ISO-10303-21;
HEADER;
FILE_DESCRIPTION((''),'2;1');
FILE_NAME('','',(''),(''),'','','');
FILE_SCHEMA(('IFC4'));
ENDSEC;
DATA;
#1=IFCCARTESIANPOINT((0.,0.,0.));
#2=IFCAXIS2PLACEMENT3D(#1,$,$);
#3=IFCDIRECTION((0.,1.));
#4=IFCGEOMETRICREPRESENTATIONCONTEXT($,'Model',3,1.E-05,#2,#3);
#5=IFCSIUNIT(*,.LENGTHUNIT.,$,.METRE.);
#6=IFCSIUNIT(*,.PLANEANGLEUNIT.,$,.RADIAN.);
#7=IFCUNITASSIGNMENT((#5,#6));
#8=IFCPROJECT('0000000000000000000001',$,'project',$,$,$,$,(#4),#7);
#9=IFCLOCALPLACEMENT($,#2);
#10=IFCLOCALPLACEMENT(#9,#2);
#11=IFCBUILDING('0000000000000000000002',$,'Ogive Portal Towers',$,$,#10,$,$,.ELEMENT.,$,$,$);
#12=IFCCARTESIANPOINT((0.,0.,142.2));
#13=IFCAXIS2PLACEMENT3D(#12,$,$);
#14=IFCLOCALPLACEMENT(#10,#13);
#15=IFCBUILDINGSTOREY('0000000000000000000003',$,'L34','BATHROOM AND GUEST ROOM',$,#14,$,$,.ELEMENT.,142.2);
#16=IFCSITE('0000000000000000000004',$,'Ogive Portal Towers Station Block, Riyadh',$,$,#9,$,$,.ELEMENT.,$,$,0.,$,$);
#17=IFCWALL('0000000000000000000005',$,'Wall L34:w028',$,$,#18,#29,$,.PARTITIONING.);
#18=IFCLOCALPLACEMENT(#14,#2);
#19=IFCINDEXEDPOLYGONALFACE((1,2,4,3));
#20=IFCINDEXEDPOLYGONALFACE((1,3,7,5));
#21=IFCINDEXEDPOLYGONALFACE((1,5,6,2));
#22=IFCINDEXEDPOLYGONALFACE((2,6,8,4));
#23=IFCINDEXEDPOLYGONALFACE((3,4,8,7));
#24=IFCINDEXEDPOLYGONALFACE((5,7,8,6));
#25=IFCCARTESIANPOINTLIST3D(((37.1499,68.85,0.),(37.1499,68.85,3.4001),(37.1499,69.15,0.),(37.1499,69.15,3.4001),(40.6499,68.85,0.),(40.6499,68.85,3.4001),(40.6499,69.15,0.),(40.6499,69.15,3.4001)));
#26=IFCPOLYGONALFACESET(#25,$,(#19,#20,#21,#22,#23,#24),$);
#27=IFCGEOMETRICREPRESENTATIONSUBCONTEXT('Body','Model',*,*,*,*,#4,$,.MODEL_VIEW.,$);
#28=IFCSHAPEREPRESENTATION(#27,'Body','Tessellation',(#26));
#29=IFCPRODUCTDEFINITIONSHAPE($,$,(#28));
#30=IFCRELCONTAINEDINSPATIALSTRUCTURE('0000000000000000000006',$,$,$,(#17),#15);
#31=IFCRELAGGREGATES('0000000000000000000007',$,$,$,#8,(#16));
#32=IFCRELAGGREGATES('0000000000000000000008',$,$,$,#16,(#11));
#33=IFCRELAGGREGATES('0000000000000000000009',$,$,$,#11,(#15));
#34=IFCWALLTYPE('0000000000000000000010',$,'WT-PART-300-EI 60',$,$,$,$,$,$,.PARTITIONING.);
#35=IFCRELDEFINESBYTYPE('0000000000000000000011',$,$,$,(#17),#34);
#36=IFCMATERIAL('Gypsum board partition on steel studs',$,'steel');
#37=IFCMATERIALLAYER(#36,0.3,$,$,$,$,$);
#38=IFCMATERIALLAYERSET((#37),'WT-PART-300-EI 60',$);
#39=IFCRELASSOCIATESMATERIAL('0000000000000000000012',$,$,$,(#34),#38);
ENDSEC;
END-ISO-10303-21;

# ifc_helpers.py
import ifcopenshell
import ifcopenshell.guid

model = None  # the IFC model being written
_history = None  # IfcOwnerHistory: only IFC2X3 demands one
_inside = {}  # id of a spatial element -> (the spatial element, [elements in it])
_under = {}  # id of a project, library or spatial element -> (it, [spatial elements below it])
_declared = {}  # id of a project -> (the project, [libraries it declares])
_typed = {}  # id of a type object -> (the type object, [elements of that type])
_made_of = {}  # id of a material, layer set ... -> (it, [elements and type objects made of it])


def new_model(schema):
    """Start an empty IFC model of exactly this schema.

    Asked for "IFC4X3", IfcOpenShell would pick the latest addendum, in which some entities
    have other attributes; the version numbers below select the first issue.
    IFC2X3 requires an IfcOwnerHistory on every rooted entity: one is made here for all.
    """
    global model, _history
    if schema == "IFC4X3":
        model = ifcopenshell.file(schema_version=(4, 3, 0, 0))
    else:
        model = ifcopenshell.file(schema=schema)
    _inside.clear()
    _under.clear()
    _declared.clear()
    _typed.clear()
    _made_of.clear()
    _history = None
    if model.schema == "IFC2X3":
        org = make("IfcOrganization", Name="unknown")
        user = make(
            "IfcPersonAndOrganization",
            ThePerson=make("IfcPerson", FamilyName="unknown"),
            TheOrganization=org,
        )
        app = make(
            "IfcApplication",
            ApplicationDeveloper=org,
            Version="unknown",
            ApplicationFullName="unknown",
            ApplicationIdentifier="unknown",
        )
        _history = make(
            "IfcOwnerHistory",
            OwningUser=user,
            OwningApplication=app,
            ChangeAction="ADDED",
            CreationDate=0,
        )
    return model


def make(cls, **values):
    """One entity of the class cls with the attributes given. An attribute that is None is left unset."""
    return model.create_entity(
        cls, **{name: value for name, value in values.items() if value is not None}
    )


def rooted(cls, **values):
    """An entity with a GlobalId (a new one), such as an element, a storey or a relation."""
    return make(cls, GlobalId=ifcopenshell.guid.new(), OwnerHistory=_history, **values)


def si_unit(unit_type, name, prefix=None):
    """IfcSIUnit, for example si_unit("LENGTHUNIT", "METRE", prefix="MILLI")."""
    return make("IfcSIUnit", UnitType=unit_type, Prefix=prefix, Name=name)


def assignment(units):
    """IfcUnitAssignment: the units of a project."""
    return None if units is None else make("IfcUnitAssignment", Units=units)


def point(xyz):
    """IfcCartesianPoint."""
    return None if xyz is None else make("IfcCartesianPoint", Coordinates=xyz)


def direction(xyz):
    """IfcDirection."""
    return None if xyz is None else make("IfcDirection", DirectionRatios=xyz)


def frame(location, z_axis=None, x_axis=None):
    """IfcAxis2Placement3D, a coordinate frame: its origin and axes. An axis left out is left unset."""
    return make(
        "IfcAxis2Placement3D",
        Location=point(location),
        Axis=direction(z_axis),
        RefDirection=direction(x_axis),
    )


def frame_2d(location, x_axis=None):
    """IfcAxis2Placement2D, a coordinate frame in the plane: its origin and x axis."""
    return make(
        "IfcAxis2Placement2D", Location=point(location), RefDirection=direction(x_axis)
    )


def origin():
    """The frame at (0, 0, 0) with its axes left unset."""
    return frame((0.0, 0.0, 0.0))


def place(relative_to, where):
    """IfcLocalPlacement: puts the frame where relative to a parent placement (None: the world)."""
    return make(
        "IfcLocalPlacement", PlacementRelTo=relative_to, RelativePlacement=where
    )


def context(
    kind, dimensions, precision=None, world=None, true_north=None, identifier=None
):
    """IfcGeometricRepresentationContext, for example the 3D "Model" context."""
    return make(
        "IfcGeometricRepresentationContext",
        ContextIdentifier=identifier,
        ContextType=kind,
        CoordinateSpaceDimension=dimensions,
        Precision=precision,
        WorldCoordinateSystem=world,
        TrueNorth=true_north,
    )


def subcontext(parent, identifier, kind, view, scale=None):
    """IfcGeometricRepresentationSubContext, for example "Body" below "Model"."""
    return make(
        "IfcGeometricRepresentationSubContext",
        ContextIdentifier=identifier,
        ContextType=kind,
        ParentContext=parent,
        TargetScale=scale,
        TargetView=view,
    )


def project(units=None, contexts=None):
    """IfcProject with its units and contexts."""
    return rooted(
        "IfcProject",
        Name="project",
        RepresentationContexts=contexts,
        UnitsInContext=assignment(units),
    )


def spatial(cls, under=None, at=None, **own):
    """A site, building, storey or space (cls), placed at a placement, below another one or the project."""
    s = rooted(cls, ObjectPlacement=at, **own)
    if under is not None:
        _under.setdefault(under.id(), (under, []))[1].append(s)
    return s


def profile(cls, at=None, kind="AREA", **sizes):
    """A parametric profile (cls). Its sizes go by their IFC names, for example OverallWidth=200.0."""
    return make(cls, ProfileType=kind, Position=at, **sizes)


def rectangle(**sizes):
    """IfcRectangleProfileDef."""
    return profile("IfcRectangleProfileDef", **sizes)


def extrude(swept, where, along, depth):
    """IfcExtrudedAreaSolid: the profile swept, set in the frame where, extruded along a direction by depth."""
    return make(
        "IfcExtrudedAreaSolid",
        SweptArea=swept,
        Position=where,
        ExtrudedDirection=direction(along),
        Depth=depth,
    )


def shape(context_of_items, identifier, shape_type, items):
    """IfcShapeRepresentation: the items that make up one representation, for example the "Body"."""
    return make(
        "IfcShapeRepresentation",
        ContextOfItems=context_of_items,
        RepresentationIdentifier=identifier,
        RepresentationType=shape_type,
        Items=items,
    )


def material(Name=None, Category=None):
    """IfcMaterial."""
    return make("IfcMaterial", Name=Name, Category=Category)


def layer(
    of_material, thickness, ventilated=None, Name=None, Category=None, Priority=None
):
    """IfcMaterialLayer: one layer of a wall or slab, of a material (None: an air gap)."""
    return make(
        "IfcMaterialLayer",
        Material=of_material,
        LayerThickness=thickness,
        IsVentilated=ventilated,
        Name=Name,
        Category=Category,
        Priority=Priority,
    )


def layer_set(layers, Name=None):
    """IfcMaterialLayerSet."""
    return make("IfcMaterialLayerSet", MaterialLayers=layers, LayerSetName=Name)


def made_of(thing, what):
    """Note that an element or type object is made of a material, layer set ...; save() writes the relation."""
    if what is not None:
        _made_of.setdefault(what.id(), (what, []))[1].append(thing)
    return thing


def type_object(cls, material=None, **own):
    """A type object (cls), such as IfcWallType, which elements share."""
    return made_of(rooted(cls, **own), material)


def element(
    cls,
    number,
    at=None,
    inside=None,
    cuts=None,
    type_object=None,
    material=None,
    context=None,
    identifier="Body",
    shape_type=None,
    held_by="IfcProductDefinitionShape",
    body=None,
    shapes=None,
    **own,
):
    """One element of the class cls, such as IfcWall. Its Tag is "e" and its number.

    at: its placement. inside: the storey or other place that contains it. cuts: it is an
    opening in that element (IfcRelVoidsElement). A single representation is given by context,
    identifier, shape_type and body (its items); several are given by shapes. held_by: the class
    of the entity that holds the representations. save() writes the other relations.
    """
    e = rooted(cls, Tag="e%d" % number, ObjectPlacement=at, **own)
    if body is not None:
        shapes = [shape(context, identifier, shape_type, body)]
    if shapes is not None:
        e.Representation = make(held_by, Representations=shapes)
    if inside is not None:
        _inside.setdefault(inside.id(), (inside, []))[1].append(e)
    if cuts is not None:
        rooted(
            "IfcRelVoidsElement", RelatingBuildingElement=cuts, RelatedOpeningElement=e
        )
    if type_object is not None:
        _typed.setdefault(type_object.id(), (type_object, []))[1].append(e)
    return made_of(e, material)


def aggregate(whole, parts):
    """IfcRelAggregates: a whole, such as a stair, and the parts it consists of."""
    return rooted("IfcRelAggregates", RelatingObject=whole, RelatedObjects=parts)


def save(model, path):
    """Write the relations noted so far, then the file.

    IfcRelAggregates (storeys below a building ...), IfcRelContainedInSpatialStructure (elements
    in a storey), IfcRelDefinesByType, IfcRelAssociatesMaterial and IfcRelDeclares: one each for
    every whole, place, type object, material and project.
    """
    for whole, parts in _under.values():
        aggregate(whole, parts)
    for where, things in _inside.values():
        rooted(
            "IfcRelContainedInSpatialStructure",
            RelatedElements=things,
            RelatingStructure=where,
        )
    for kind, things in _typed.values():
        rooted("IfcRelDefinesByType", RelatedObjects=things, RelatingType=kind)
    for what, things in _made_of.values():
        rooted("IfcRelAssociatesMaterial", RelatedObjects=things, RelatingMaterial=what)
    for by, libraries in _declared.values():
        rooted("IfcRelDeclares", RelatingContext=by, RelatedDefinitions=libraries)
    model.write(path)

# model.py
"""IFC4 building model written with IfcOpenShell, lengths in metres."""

from ifc_helpers import new_model, si_unit, direction, frame, frame_2d, origin, place, context, subcontext, project, spatial, rectangle, extrude, material, layer, layer_set, type_object, element, save


model = new_model("IFC4")

# Units and contexts
model_context = context("Model", 3, precision=1e-05, world=origin(), true_north=direction((0.0, 1.0)))
body_context = subcontext(model_context, "Body", "Model", "MODEL_VIEW")
ifc_project = project(units=[si_unit("LENGTHUNIT", "METRE"), si_unit("PLANEANGLEUNIT", "RADIAN")], contexts=[model_context])

# Site, building, storey
site_placement = place(None, origin())
site = spatial("IfcSite", under=ifc_project, at=site_placement, Name="Ogive Portal Towers Station Block, Riyadh", CompositionType="ELEMENT", RefElevation=0.0)
building_placement = place(site_placement, origin())
building = spatial("IfcBuilding", under=site, at=building_placement, Name="Ogive Portal Towers", CompositionType="ELEMENT")
storey_placement = place(building_placement, frame((0.0, 0.0, 142.2)))
storey = spatial("IfcBuildingStorey", under=building, at=storey_placement, Name="L34", Description="BATHROOM AND GUEST ROOM", CompositionType="ELEMENT", Elevation=142.2)

# Wall
ifc_material_1 = material(Name="Gypsum board partition on steel studs", Category="steel")
ifc_layer_1 = layer(ifc_material_1, 0.3)
ifc_layer_set_1 = layer_set([ifc_layer_1], Name="WT-PART-300-EI 60")
wall_type_1 = type_object("IfcWallType", Name="WT-PART-300-EI 60", PredefinedType="PARTITIONING", material=ifc_layer_set_1)
wall_1_placement = place(storey_placement, frame((37.1499, 69.0, 0.0), z_axis=(0.0, 0.0, 1.0), x_axis=(1.0, 0.0, 0.0)))
element("IfcWall", 1, at=wall_1_placement, inside=storey, type_object=wall_type_1, Name="Wall L34:w028", PredefinedType="PARTITIONING", context=body_context, shape_type="SweptSolid", body=[
    extrude(rectangle(XDim=3.5, YDim=0.3, at=frame_2d((1.75, 0.0))), origin(), (0.0, 0.0, 1.0), 3.4001),
])

save(model, "model.ifc")
